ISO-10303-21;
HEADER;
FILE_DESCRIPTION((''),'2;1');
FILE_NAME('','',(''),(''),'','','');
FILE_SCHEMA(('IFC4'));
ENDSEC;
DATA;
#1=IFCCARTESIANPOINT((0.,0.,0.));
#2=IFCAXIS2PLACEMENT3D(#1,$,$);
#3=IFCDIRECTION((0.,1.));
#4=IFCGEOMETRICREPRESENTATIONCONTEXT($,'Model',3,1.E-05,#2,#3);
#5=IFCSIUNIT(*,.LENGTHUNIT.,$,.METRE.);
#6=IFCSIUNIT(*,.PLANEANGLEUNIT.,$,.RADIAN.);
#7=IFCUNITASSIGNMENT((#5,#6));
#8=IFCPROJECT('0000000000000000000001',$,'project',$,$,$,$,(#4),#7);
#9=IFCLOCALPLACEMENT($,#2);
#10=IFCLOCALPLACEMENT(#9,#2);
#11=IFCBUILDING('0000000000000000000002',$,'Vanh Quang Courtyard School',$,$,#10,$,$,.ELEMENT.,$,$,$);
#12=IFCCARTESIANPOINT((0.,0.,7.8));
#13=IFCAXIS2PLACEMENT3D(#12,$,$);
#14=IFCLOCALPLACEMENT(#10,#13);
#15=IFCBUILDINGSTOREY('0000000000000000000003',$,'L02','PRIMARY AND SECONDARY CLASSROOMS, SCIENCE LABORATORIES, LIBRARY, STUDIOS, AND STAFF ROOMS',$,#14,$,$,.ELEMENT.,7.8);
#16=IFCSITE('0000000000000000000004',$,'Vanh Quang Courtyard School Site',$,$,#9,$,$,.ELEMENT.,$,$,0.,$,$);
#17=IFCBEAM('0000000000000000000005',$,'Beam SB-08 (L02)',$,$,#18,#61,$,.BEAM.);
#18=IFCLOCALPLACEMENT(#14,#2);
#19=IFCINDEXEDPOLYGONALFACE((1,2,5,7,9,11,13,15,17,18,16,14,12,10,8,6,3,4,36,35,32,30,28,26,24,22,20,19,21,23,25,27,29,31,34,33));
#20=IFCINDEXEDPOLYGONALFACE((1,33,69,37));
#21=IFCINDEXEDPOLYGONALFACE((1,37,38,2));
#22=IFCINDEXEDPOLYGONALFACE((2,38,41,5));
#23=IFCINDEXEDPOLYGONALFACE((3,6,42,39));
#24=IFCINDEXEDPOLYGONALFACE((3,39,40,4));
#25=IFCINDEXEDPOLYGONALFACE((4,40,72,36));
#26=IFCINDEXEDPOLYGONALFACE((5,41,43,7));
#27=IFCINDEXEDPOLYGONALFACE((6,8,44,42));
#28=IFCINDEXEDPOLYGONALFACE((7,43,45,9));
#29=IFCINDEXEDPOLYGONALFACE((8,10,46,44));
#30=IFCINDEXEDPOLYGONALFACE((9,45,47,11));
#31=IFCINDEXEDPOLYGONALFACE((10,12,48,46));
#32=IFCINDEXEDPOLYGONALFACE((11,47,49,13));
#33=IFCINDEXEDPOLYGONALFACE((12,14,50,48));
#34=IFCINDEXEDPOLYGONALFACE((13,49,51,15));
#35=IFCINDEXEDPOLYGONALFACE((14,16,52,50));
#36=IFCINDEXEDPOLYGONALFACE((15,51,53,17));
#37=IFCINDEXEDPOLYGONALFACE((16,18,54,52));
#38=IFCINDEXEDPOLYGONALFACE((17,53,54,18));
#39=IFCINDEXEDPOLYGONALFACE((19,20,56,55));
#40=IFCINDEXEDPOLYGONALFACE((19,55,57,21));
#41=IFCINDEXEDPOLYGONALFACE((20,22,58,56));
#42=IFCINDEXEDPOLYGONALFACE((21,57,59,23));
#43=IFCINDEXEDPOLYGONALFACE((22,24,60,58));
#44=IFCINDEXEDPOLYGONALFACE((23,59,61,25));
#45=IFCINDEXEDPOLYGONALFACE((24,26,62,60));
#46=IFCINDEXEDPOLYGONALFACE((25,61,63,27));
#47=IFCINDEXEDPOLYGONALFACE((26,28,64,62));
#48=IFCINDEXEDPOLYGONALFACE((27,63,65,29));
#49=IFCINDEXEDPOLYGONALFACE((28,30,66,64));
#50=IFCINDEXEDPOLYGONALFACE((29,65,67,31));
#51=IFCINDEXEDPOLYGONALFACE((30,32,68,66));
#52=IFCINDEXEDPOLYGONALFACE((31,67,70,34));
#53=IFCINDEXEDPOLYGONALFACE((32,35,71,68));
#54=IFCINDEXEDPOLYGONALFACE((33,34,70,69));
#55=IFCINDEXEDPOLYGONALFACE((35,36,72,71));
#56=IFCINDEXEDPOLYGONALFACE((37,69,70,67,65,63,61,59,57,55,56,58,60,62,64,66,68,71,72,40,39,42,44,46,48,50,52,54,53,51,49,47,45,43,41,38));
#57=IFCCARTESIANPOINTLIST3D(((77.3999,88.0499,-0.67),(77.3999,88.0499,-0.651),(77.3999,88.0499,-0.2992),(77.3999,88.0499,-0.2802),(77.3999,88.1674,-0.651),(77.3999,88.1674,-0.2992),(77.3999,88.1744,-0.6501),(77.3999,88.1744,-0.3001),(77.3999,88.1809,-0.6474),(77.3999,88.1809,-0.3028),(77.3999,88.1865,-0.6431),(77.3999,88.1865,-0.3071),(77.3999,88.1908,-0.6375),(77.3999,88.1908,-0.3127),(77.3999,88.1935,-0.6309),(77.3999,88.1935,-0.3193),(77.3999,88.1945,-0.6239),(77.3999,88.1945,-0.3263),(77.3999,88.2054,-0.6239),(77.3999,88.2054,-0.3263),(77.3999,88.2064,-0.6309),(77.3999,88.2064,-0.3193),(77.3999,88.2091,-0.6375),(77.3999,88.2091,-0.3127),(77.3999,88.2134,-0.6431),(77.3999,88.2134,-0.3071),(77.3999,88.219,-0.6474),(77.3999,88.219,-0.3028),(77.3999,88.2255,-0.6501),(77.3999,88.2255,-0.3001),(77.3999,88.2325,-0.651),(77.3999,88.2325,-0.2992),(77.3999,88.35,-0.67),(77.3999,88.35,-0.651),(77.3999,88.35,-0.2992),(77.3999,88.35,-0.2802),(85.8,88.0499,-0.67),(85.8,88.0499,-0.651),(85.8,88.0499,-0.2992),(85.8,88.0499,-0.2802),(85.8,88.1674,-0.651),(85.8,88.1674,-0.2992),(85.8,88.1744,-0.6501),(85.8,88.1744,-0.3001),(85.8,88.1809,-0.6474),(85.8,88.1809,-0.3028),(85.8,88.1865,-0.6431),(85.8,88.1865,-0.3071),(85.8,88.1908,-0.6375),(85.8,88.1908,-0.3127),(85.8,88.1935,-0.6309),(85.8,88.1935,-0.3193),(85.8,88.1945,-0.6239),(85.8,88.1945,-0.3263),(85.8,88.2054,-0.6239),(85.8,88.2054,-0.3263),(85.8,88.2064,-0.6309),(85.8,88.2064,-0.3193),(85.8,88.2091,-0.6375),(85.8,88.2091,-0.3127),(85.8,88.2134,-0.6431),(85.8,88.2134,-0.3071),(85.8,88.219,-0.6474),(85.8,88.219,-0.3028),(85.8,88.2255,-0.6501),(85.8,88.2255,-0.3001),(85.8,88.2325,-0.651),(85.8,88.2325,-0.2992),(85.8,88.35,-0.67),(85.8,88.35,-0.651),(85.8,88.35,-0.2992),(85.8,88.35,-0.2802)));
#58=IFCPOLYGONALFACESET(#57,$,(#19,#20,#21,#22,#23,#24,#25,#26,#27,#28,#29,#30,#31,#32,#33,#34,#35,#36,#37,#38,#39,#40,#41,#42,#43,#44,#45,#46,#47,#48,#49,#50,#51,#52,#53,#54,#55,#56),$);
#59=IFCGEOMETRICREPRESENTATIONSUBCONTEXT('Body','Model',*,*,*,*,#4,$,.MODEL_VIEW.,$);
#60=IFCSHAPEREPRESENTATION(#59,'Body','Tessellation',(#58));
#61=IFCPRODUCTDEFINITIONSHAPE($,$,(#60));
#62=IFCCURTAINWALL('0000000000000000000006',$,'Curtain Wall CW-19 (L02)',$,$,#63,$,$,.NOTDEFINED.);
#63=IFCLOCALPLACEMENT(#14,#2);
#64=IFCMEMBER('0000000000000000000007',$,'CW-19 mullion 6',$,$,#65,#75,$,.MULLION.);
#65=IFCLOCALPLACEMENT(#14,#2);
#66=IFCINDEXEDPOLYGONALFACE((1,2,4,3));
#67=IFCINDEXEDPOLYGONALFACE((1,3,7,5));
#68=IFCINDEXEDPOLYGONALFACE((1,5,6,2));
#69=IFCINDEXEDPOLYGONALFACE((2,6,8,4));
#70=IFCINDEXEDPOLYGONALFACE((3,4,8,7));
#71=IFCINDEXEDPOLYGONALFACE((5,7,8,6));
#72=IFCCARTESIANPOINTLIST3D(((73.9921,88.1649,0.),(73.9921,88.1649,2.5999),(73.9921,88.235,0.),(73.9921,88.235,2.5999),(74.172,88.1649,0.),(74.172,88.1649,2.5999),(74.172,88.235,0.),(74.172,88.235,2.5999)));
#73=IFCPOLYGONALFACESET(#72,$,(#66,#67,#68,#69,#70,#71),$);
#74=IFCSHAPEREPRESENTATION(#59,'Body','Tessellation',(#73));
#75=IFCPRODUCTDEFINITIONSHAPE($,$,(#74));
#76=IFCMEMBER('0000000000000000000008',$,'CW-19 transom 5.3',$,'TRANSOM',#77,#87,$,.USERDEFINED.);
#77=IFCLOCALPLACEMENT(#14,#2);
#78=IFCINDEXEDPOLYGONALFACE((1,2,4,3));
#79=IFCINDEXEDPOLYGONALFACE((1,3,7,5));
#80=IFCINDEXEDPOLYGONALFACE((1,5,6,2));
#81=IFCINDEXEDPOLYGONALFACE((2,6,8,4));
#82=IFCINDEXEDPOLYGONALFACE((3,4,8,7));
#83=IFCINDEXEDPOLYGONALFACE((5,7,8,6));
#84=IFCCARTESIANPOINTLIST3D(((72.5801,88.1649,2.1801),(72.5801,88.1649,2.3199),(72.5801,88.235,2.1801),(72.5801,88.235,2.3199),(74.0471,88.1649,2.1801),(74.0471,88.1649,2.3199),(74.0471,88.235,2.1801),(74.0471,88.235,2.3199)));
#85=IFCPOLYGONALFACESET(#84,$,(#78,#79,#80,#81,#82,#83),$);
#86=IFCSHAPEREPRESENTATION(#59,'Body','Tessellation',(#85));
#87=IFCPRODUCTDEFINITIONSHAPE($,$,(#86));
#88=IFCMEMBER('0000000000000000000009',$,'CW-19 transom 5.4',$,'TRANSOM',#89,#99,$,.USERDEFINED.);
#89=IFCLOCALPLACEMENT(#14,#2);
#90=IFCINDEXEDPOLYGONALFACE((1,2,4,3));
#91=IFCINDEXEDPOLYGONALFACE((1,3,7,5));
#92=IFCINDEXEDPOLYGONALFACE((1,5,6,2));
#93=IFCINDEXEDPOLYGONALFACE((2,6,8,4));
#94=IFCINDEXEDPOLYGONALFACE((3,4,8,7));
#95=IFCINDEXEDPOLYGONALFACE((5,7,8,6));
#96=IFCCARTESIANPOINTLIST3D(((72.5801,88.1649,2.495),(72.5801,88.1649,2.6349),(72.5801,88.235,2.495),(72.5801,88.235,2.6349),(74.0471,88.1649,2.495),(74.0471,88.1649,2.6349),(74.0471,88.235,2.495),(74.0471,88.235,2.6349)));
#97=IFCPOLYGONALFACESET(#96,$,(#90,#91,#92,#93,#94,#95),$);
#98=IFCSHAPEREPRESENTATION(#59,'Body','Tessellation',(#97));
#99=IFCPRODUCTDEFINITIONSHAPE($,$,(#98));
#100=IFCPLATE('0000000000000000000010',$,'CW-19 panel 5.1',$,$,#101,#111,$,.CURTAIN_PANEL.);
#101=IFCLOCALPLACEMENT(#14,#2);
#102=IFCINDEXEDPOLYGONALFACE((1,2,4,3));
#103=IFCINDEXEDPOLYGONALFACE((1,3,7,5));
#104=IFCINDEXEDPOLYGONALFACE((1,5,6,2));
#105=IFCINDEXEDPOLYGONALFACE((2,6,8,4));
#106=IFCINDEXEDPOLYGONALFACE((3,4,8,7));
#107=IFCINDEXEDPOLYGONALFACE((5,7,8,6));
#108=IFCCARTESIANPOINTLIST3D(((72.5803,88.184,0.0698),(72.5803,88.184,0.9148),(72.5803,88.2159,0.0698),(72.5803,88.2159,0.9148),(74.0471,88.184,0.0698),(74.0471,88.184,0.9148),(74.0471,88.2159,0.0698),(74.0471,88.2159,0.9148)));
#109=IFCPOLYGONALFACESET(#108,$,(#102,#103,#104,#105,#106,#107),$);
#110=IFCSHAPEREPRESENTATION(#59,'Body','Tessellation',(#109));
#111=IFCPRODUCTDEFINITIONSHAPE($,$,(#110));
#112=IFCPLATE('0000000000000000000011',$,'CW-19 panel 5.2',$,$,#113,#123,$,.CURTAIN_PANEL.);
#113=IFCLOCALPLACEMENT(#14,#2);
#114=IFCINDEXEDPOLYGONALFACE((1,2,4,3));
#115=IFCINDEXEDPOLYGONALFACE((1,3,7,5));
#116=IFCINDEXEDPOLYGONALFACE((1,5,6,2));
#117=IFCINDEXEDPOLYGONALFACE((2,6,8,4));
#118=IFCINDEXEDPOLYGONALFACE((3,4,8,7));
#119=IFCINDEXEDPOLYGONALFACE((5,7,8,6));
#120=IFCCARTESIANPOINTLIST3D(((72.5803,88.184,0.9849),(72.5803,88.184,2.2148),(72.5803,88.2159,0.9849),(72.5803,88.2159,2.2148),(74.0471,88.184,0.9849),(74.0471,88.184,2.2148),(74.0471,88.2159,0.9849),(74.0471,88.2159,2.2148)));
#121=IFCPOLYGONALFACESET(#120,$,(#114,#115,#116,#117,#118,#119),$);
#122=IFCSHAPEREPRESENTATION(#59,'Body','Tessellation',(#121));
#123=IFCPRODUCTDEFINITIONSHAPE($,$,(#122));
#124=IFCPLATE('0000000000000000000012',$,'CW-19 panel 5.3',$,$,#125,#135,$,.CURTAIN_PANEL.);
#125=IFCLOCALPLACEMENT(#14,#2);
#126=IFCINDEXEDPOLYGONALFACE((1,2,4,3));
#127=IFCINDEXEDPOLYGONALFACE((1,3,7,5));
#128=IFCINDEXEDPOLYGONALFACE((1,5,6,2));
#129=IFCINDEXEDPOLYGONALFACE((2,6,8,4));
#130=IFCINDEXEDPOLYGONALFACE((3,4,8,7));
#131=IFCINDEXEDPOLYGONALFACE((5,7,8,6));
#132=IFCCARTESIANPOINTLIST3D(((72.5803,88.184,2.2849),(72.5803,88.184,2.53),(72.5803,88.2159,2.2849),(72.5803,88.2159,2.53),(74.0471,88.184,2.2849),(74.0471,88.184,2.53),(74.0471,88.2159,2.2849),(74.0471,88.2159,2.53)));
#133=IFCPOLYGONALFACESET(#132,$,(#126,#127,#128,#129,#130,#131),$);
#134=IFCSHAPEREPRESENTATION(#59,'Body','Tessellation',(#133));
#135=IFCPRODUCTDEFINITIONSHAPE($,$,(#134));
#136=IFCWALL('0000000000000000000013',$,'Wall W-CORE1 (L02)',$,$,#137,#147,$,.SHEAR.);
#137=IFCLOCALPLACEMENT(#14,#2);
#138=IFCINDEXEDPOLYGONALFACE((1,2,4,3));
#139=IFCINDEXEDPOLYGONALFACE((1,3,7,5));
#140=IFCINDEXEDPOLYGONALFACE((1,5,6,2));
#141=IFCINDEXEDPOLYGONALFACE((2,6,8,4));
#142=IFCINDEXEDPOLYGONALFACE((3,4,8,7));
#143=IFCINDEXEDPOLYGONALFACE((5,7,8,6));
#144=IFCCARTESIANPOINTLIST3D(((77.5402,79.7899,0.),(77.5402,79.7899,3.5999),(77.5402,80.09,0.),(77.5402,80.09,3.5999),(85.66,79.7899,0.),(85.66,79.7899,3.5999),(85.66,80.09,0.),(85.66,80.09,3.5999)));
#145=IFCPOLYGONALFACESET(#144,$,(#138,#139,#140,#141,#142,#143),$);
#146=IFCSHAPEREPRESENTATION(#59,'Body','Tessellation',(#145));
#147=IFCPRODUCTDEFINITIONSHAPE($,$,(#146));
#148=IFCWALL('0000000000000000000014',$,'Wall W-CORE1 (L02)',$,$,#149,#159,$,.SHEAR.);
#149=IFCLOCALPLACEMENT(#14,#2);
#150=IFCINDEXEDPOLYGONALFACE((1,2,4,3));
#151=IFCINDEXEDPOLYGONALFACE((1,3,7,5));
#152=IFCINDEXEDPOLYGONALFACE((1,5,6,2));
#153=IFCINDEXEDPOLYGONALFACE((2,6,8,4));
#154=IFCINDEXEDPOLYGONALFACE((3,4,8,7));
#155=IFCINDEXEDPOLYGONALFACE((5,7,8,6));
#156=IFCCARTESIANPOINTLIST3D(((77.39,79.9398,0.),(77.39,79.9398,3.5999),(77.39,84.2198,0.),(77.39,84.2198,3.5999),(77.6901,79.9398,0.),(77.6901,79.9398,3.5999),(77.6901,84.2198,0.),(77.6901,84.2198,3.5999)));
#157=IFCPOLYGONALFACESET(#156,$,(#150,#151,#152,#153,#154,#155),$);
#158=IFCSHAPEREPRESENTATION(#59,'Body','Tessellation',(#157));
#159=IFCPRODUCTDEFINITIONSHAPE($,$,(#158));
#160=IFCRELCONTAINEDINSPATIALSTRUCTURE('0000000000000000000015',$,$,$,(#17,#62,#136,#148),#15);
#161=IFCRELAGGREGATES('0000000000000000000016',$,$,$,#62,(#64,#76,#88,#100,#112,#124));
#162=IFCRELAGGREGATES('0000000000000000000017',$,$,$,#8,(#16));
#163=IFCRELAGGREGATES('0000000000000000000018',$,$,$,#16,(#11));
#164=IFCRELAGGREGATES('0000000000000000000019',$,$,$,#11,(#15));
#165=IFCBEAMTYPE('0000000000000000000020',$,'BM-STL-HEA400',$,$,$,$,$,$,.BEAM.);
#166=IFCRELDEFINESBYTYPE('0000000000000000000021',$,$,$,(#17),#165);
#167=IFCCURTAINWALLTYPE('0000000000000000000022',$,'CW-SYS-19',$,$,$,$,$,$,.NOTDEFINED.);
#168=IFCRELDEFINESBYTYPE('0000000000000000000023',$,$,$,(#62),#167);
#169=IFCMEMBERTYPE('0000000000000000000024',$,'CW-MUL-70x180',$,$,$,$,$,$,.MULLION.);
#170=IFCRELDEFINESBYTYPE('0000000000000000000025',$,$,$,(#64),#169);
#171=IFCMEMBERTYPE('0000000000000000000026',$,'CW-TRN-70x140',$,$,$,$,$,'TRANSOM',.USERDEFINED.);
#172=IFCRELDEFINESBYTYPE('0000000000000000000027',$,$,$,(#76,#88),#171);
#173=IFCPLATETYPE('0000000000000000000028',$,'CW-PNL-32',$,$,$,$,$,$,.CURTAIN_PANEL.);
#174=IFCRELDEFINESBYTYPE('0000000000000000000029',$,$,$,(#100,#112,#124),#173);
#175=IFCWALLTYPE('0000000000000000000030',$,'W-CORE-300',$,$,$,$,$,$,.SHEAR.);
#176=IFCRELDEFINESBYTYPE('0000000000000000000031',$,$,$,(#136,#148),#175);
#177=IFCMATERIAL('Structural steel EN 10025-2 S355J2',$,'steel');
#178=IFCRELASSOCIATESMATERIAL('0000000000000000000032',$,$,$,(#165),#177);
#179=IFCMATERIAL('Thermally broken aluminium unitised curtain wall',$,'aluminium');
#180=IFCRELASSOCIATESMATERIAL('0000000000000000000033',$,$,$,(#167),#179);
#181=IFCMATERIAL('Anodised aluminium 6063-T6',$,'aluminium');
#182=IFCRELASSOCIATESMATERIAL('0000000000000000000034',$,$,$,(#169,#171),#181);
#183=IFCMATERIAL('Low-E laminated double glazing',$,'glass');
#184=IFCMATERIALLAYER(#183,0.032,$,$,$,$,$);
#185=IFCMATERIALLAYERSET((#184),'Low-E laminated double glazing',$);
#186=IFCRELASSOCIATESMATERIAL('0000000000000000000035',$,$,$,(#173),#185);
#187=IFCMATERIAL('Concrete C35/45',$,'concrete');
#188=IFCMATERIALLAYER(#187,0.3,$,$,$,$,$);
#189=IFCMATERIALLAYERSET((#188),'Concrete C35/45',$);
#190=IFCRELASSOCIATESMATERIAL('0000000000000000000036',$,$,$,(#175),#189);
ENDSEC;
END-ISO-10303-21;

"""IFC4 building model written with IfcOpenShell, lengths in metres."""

from ifc_helpers import new_model, si_unit, direction, frame, frame_2d, origin, origin_2d, place, context, subcontext, project, spatial, rectangle, i_section, extrude, material, layer, layer_set, material_profile, profile_set, type_object, element, aggregate, save


model = new_model("IFC4")

# Units and contexts
model_context = context("Model", 3, precision=1e-05, world=origin(), true_north=direction((0.0, 1.0)))
body_context = subcontext(model_context, "Body", "Model", "MODEL_VIEW")
ifc_project = project(units=[si_unit("LENGTHUNIT", "METRE"), si_unit("PLANEANGLEUNIT", "RADIAN")], contexts=[model_context])

# Site, building, storey
site_placement = place(None, origin())
site = spatial("IfcSite", under=ifc_project, at=site_placement, Name="Vanh Quang Courtyard School Site", CompositionType="ELEMENT", RefElevation=0.0)
building_placement = place(site_placement, origin())
building = spatial("IfcBuilding", under=site, at=building_placement, Name="Vanh Quang Courtyard School", CompositionType="ELEMENT")
storey_placement = place(building_placement, frame((0.0, 0.0, 7.8)))
storey = spatial("IfcBuildingStorey", under=building, at=storey_placement, Name="L02", Description="PRIMARY AND SECONDARY CLASSROOMS, SCIENCE LABORATORIES, LIBRARY, STUDIOS, AND STAFF ROOMS", CompositionType="ELEMENT", Elevation=7.8)

# Shared definitions
ifc_material_1 = material(Name="Concrete C35/45", Category="concrete")

# Beam
ifc_material_2 = material(Name="Structural steel EN 10025-2 S355J2", Category="steel")
ifc_material_profile_1 = material_profile(ifc_material_2, i_section(OverallWidth=0.3, OverallDepth=0.3899, WebThickness=0.011, FlangeThickness=0.019, FilletRadius=0.0271, at=origin_2d()), Name="HEA 400")
ifc_profile_set_1 = profile_set([ifc_material_profile_1], Name="Structural steel EN 10025-2 S355J2")
beam_type_1 = type_object("IfcBeamType", Name="BM-STL-HEA400", PredefinedType="BEAM", material=ifc_profile_set_1)
beam_1_placement = place(storey_placement, frame((77.3999, 88.2, -0.4751), z_axis=(1.0, 0.0, 0.0), x_axis=(0.0, 1.0, 0.0)))
element("IfcBeam", 1, at=beam_1_placement, inside=storey, type_object=beam_type_1, Name="Beam SB-08 (L02)", PredefinedType="BEAM", context=body_context, shape_type="SweptSolid", body=[
    extrude(i_section(OverallWidth=0.3, OverallDepth=0.3899, WebThickness=0.011, FlangeThickness=0.019, FilletRadius=0.0271, at=origin_2d()), origin(), (0.0, 0.0, 1.0), 8.4001),
])

# Curtain wall, members, plates
ifc_material_3 = material(Name="Thermally broken aluminium unitised curtain wall", Category="aluminium")
curtain_wall_type = type_object("IfcCurtainWallType", Name="CW-SYS-19", PredefinedType="NOTDEFINED", material=ifc_material_3)
curtain_wall_placement = place(storey_placement, origin())
curtain_wall = element("IfcCurtainWall", 2, at=curtain_wall_placement, inside=storey, type_object=curtain_wall_type, Name="Curtain Wall CW-19 (L02)", PredefinedType="NOTDEFINED")
ifc_material_4 = material(Name="Anodised aluminium 6063-T6", Category="aluminium")
ifc_material_profile_2 = material_profile(ifc_material_4, rectangle(XDim=0.0701, YDim=0.1799, at=origin_2d()), Name="ALU-MUL 70x180")
ifc_profile_set_2 = profile_set([ifc_material_profile_2], Name="Anodised aluminium 6063-T6")
member_type_1 = type_object("IfcMemberType", Name="CW-MUL-70x180", PredefinedType="MULLION", material=ifc_profile_set_2)
member_1_placement = place(storey_placement, frame((74.082, 88.2, 0.0), z_axis=(0.0, 0.0, 1.0), x_axis=(0.0, 1.0, 0.0)))
member_1 = element("IfcMember", 3, at=member_1_placement, type_object=member_type_1, Name="CW-19 mullion 6", PredefinedType="MULLION", context=body_context, shape_type="SweptSolid", body=[
    extrude(rectangle(XDim=0.0701, YDim=0.1799, at=origin_2d()), origin(), (0.0, 0.0, 1.0), 2.5999),
])
ifc_material_profile_3 = material_profile(ifc_material_4, rectangle(XDim=0.0701, YDim=0.1399, at=origin_2d()), Name="ALU-TRN 70x140")
ifc_profile_set_3 = profile_set([ifc_material_profile_3], Name="Anodised aluminium 6063-T6")
member_type_2 = type_object("IfcMemberType", Name="CW-TRN-70x140", ElementType="TRANSOM", PredefinedType="USERDEFINED", material=ifc_profile_set_3)
member_2_placement = place(storey_placement, frame((72.5801, 88.2, 2.25), z_axis=(1.0, 0.0, 0.0), x_axis=(0.0, 1.0, 0.0)))
member_2 = element("IfcMember", 4, at=member_2_placement, type_object=member_type_2, Name="CW-19 transom 5.3", ObjectType="TRANSOM", PredefinedType="USERDEFINED", context=body_context, shape_type="SweptSolid", body=[
    extrude(rectangle(XDim=0.0701, YDim=0.1399, at=origin_2d()), origin(), (0.0, 0.0, 1.0), 1.467),
])
member_3_placement = place(storey_placement, frame((72.5801, 88.2, 2.5649), z_axis=(1.0, 0.0, 0.0), x_axis=(0.0, 1.0, 0.0)))
member_3 = element("IfcMember", 5, at=member_3_placement, type_object=member_type_2, Name="CW-19 transom 5.4", ObjectType="TRANSOM", PredefinedType="USERDEFINED", context=body_context, shape_type="SweptSolid", body=[
    extrude(rectangle(XDim=0.0701, YDim=0.1399, at=origin_2d()), origin(), (0.0, 0.0, 1.0), 1.467),
])
ifc_material_5 = material(Name="Low-E laminated double glazing", Category="glass")
ifc_layer_1 = layer(ifc_material_5, 0.032)
ifc_layer_set_1 = layer_set([ifc_layer_1], Name="Low-E laminated double glazing")
plate_type = type_object("IfcPlateType", Name="CW-PNL-32", PredefinedType="CURTAIN_PANEL", material=ifc_layer_set_1)
plate_1_placement = place(storey_placement, frame((73.3137, 88.2, 0.0698), z_axis=(0.0, 0.0, 1.0), x_axis=(1.0, 0.0, 0.0)))
plate_1 = element("IfcPlate", 6, at=plate_1_placement, type_object=plate_type, Name="CW-19 panel 5.1", PredefinedType="CURTAIN_PANEL", context=body_context, shape_type="SweptSolid", body=[
    extrude(rectangle(XDim=1.4668, YDim=0.032, at=origin_2d()), origin(), (0.0, 0.0, 1.0), 0.845),
])
plate_2_placement = place(storey_placement, frame((73.3137, 88.2, 0.9849), z_axis=(0.0, 0.0, 1.0), x_axis=(1.0, 0.0, 0.0)))
plate_2 = element("IfcPlate", 7, at=plate_2_placement, type_object=plate_type, Name="CW-19 panel 5.2", PredefinedType="CURTAIN_PANEL", context=body_context, shape_type="SweptSolid", body=[
    extrude(rectangle(XDim=1.4668, YDim=0.032, at=origin_2d()), origin(), (0.0, 0.0, 1.0), 1.23),
])
plate_3_placement = place(storey_placement, frame((73.3137, 88.2, 2.2849), z_axis=(0.0, 0.0, 1.0), x_axis=(1.0, 0.0, 0.0)))
plate_3 = element("IfcPlate", 8, at=plate_3_placement, type_object=plate_type, Name="CW-19 panel 5.3", PredefinedType="CURTAIN_PANEL", context=body_context, shape_type="SweptSolid", body=[
    extrude(rectangle(XDim=1.4668, YDim=0.032, at=origin_2d()), origin(), (0.0, 0.0, 1.0), 0.2451),
])
aggregate(curtain_wall, [member_1, member_2, member_3, plate_1, plate_2, plate_3])

# Walls
ifc_layer_2 = layer(ifc_material_1, 0.3)
ifc_layer_set_2 = layer_set([ifc_layer_2], Name="Concrete C35/45")
wall_type_1 = type_object("IfcWallType", Name="W-CORE-300", PredefinedType="SHEAR", material=ifc_layer_set_2)
wall_1_placement = place(storey_placement, frame((77.54, 79.9399, 0.0), z_axis=(0.0, 0.0, 1.0), x_axis=(1.0, 0.0, 0.0)))
element("IfcWall", 9, at=wall_1_placement, inside=storey, type_object=wall_type_1, Name="Wall W-CORE1 (L02)", PredefinedType="SHEAR", context=body_context, shape_type="SweptSolid", body=[
    extrude(rectangle(XDim=8.1199, YDim=0.3, at=frame_2d((4.0601, 0.0))), origin(), (0.0, 0.0, 1.0), 3.5999),
])
wall_2_placement = place(storey_placement, frame((77.54, 84.22, 0.0), z_axis=(0.0, 0.0, 1.0), x_axis=(0.0, -1.0, 0.0)))
element("IfcWall", 10, at=wall_2_placement, inside=storey, type_object=wall_type_1, Name="Wall W-CORE1 (L02)", PredefinedType="SHEAR", context=body_context, shape_type="SweptSolid", body=[
    extrude(rectangle(XDim=4.28, YDim=0.3, at=frame_2d((2.1401, 0.0))), origin(), (0.0, 0.0, 1.0), 3.5999),
])

save(model, "model.ifc")
